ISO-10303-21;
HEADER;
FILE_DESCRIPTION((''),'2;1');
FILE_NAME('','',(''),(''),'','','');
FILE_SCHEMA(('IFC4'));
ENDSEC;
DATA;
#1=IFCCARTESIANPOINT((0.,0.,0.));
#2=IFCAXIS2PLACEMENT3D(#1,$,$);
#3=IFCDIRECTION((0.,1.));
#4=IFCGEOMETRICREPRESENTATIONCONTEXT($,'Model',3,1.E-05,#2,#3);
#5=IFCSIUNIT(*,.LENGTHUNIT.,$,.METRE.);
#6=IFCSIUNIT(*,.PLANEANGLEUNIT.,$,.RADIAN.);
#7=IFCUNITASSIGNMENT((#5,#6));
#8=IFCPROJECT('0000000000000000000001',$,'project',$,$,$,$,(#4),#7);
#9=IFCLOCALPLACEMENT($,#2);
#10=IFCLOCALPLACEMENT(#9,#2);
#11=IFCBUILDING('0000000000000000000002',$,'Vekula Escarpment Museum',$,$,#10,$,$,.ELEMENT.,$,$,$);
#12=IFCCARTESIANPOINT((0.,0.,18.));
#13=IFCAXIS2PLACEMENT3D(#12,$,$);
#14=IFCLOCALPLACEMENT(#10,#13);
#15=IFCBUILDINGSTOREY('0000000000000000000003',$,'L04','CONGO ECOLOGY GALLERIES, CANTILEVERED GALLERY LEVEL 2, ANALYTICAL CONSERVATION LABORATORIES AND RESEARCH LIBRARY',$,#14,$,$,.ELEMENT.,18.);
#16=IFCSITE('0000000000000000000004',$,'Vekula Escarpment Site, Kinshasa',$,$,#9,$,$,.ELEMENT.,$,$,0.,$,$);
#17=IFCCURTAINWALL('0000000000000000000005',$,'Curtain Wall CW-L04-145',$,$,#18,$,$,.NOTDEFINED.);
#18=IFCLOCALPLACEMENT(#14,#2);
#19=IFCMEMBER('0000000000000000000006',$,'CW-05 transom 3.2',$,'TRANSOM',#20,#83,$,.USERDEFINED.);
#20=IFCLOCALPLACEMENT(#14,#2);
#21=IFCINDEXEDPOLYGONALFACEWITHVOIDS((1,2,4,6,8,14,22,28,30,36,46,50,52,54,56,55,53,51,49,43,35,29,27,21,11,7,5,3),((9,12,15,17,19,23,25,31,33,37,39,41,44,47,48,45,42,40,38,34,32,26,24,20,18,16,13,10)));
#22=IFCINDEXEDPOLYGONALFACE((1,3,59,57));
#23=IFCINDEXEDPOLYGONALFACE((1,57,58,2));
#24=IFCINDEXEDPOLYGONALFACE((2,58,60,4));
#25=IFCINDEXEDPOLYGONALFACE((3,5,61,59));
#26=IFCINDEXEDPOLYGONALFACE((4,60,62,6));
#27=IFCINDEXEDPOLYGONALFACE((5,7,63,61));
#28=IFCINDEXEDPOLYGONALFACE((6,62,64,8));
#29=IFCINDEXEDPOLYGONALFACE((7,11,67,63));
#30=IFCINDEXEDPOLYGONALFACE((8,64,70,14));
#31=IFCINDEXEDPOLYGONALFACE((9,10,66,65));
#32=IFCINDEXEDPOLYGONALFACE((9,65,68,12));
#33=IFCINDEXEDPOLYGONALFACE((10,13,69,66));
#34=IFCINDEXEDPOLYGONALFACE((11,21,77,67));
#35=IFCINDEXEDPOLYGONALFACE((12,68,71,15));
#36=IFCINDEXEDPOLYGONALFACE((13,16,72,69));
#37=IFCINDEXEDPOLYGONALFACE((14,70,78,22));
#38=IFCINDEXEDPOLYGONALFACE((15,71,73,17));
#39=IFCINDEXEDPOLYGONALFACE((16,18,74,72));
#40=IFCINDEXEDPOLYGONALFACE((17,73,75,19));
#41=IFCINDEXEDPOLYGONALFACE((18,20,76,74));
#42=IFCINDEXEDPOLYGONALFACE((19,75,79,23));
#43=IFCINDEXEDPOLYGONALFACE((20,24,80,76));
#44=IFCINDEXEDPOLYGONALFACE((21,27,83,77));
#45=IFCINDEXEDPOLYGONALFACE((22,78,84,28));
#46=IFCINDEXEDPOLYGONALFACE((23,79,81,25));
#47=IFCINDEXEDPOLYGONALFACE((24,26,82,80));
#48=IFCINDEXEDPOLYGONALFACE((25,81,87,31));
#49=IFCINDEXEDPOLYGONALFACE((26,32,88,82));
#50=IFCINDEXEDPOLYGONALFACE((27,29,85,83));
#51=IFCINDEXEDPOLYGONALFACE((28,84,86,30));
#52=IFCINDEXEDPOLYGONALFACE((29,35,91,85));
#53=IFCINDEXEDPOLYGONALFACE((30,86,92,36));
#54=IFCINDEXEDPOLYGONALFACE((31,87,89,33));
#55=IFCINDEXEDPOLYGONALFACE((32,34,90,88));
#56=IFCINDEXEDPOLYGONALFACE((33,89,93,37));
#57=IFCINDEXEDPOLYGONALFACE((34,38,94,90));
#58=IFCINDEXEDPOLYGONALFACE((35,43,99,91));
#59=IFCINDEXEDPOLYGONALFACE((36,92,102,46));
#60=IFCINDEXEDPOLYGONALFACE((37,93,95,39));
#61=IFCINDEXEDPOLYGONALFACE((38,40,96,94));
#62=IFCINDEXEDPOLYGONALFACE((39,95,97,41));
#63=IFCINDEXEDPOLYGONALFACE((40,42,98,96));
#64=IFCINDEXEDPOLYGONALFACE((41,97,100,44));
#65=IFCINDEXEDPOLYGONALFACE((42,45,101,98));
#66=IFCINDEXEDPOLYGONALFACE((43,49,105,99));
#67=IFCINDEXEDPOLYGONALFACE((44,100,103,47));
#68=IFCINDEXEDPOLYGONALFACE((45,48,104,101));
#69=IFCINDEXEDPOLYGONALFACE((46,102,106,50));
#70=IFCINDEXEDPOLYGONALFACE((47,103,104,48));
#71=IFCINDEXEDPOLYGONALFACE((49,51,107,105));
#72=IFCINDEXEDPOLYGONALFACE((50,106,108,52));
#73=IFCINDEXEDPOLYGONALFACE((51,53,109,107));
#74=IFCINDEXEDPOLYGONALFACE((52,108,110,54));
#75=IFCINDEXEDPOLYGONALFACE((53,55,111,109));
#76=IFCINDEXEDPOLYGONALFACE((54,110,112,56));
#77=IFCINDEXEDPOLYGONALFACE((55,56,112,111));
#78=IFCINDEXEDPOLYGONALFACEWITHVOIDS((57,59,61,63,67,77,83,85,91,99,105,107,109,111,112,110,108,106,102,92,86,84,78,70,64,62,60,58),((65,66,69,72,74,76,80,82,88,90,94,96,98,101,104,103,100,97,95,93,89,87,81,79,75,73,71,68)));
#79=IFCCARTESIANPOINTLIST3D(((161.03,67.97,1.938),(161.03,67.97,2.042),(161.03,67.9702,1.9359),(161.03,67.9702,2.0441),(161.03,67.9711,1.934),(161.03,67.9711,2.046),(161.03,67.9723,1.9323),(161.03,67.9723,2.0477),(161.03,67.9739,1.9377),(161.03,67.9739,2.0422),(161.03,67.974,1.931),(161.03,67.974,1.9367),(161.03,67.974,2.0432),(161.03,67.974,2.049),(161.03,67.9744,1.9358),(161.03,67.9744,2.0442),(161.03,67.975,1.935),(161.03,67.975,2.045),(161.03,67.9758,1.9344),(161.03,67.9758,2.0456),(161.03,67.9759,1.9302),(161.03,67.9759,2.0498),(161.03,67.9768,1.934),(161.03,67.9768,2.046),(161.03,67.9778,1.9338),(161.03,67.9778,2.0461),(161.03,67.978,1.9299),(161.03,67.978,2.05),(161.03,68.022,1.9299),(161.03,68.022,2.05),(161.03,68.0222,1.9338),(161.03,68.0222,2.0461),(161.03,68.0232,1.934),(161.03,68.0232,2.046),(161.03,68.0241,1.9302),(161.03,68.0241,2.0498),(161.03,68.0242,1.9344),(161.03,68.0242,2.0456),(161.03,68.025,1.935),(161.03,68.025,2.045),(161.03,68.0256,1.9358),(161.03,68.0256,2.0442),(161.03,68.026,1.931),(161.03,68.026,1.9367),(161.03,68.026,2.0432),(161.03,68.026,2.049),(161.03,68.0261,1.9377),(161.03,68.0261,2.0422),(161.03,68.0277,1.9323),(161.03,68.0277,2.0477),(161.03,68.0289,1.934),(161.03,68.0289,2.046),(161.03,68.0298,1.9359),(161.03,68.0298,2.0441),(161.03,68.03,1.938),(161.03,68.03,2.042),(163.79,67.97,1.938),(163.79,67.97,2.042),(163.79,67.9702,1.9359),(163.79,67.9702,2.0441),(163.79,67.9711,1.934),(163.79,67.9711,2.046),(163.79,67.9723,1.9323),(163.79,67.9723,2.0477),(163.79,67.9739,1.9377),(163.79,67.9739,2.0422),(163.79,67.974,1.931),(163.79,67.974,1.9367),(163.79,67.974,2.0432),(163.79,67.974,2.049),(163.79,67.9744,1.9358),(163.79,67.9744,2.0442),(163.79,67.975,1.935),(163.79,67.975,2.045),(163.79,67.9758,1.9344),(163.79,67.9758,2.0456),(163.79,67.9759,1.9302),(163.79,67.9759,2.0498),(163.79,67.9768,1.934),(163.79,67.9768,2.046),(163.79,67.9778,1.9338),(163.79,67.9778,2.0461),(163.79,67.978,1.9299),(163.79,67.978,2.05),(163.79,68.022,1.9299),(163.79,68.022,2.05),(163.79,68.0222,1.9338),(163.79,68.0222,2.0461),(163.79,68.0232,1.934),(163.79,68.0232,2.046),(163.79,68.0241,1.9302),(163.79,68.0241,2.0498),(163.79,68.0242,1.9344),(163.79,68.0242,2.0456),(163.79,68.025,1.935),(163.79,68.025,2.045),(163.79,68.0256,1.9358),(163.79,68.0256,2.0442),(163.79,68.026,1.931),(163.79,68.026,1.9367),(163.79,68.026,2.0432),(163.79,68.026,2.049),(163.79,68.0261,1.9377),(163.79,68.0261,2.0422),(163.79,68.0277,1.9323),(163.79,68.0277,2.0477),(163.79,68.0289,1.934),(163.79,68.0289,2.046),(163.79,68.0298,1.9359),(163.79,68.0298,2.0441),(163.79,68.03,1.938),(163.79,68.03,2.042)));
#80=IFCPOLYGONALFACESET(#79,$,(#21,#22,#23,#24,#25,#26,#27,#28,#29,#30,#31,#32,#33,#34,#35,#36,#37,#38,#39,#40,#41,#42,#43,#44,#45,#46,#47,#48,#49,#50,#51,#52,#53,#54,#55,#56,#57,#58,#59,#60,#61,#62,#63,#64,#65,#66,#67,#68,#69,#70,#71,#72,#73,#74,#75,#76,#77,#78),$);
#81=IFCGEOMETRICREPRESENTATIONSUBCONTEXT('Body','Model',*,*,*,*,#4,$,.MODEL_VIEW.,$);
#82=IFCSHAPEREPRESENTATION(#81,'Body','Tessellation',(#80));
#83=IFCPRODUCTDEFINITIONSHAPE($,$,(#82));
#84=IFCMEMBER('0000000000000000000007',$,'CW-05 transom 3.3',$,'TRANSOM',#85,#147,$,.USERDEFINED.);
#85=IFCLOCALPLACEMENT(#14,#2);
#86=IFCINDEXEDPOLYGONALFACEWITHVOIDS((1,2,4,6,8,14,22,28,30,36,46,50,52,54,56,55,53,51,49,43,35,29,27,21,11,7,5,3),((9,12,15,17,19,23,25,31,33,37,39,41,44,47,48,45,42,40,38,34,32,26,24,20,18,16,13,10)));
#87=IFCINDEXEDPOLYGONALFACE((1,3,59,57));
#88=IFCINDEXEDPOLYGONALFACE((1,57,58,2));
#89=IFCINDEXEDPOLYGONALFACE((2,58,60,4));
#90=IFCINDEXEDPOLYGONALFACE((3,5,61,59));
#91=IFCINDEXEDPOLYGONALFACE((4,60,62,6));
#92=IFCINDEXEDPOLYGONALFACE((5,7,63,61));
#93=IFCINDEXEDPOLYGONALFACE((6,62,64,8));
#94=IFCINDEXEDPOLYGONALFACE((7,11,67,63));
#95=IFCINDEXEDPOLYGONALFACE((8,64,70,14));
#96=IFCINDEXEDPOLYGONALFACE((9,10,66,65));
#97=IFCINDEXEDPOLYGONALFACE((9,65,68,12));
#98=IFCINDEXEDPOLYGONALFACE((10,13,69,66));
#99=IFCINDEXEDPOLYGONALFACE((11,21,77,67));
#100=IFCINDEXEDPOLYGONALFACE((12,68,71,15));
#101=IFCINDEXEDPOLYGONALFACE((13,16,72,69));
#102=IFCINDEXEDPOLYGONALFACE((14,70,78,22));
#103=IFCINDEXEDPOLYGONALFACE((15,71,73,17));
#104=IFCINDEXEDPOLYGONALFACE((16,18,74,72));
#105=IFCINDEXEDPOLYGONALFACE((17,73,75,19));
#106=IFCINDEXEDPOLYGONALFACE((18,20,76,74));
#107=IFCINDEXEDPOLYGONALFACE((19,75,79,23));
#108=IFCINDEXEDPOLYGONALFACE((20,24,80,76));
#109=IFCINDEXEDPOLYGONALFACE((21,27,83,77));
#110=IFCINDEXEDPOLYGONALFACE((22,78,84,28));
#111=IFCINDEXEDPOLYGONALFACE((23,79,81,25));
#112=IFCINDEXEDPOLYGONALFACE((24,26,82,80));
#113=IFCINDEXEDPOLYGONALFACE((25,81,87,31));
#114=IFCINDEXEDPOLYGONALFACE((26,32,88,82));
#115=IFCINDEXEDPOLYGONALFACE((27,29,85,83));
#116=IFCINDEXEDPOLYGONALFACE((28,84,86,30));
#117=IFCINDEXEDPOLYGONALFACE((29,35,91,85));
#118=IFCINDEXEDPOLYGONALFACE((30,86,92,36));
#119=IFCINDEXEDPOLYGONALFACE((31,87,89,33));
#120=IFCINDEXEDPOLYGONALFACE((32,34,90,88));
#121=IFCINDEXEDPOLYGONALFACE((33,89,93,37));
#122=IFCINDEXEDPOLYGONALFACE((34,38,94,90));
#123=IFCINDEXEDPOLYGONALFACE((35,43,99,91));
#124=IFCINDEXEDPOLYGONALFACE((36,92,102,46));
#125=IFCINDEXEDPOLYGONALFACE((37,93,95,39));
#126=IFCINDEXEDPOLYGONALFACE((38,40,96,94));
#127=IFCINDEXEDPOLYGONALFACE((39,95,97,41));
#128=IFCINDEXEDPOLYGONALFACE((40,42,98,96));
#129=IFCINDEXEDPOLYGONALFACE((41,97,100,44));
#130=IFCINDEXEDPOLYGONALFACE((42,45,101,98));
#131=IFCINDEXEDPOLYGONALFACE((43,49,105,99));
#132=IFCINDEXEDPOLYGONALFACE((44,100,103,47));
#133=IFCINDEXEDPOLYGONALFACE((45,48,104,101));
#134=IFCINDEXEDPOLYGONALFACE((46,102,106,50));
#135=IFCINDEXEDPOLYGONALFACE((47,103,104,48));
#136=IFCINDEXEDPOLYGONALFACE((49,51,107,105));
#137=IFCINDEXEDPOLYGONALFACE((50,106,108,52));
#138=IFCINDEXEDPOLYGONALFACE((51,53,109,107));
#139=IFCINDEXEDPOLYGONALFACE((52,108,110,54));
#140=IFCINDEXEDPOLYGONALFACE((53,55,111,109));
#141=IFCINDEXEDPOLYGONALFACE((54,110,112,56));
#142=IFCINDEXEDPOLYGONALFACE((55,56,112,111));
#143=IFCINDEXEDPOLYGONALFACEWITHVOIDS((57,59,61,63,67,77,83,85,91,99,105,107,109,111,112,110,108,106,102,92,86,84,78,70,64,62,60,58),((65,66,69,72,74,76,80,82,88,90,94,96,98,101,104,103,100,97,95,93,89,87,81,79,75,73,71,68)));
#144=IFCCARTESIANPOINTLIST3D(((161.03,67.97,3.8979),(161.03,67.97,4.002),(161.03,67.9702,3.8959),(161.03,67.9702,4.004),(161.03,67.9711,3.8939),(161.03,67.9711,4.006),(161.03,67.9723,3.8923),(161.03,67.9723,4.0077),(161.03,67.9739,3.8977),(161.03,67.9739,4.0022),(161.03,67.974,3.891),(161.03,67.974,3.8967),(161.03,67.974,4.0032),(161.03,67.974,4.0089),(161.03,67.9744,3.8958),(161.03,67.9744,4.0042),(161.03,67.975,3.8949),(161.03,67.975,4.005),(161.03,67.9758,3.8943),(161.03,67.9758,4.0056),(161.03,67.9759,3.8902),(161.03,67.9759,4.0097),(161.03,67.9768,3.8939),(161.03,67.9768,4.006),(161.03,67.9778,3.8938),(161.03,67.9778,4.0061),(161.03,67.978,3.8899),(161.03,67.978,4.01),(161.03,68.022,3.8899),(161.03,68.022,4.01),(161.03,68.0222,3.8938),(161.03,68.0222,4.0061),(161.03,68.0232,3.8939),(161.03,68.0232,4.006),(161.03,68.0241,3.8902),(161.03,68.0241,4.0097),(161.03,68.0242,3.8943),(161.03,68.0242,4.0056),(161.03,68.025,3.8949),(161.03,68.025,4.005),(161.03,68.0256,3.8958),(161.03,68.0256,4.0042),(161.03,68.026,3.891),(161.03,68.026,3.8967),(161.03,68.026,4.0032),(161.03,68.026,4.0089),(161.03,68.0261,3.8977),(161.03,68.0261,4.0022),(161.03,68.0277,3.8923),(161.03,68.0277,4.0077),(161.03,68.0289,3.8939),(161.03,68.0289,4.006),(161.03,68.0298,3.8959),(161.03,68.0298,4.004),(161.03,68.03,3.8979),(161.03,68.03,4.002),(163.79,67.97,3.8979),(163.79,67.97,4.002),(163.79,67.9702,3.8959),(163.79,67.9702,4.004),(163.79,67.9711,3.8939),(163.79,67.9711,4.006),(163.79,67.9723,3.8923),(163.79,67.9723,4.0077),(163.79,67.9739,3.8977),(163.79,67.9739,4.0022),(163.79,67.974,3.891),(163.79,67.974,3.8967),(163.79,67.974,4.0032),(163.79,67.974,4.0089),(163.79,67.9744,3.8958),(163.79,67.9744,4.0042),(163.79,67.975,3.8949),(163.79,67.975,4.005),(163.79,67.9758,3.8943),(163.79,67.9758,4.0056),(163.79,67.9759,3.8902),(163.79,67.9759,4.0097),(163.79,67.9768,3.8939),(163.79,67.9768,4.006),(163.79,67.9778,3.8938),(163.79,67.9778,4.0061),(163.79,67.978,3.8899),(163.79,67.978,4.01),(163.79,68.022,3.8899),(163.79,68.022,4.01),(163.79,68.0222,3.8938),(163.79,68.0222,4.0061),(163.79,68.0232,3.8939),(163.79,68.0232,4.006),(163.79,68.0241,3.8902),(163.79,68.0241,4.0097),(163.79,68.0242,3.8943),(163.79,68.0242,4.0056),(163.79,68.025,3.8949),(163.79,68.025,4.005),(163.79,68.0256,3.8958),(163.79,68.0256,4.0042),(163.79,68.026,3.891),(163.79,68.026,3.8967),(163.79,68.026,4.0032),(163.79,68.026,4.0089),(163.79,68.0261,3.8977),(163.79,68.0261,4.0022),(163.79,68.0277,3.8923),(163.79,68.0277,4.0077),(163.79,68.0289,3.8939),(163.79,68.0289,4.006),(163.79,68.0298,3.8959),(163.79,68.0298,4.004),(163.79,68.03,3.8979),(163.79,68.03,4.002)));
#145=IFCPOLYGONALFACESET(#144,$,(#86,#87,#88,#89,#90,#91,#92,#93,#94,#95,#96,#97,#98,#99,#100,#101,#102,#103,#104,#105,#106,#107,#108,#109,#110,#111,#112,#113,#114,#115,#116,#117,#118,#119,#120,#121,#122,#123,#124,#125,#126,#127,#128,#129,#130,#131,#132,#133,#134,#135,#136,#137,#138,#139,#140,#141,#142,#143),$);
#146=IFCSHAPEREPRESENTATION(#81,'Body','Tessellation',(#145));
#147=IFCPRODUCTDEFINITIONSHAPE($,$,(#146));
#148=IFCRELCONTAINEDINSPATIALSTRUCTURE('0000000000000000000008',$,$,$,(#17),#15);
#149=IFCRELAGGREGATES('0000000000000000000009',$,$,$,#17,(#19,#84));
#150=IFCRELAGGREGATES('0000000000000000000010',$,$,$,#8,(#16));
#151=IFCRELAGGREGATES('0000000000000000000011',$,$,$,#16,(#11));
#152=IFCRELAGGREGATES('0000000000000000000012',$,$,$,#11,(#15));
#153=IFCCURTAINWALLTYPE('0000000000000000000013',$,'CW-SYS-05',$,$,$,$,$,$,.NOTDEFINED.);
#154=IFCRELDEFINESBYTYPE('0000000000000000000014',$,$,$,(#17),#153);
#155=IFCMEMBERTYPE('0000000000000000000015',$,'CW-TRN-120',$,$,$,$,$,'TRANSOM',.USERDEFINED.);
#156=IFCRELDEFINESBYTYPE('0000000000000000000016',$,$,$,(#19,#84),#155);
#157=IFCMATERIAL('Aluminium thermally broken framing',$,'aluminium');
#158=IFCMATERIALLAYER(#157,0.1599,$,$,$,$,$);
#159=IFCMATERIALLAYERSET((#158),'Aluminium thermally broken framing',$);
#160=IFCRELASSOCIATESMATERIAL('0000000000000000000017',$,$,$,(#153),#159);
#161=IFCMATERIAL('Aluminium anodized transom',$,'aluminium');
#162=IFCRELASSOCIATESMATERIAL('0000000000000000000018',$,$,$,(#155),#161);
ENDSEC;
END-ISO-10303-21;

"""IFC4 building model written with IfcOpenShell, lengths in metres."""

from ifc_helpers import new_model, si_unit, direction, frame, origin, origin_2d, place, context, subcontext, project, spatial, hollow_rectangle, extrude, material, layer, layer_set, material_profile, profile_set, type_object, element, aggregate, save


model = new_model("IFC4")

# Units and contexts
model_context = context("Model", 3, precision=1e-05, world=origin(), true_north=direction((0.0, 1.0)))
body_context = subcontext(model_context, "Body", "Model", "MODEL_VIEW")
ifc_project = project(units=[si_unit("LENGTHUNIT", "METRE"), si_unit("PLANEANGLEUNIT", "RADIAN")], contexts=[model_context])

# Site, building, storey
site_placement = place(None, origin())
site = spatial("IfcSite", under=ifc_project, at=site_placement, Name="Vekula Escarpment Site, Kinshasa", CompositionType="ELEMENT", RefElevation=0.0)
building_placement = place(site_placement, origin())
building = spatial("IfcBuilding", under=site, at=building_placement, Name="Vekula Escarpment Museum", CompositionType="ELEMENT")
storey_placement = place(building_placement, frame((0.0, 0.0, 18.0)))
storey = spatial("IfcBuildingStorey", under=building, at=storey_placement, Name="L04", Description="CONGO ECOLOGY GALLERIES, CANTILEVERED GALLERY LEVEL 2, ANALYTICAL CONSERVATION LABORATORIES AND RESEARCH LIBRARY", CompositionType="ELEMENT", Elevation=18.0)

# Curtain wall, members
ifc_material_1 = material(Name="Aluminium thermally broken framing", Category="aluminium")
ifc_layer_1 = layer(ifc_material_1, 0.1599)
ifc_layer_set_1 = layer_set([ifc_layer_1], Name="Aluminium thermally broken framing")
curtain_wall_type = type_object("IfcCurtainWallType", Name="CW-SYS-05", PredefinedType="NOTDEFINED", material=ifc_layer_set_1)
curtain_wall_placement = place(storey_placement, origin())
curtain_wall = element("IfcCurtainWall", 1, at=curtain_wall_placement, inside=storey, type_object=curtain_wall_type, Name="Curtain Wall CW-L04-145", PredefinedType="NOTDEFINED")
ifc_material_2 = material(Name="Aluminium anodized transom", Category="aluminium")
ifc_material_profile_1 = material_profile(ifc_material_2, hollow_rectangle(XDim=0.0601, YDim=0.1201, WallThickness=0.0039, InnerFilletRadius=0.0039, OuterFilletRadius=0.0081, at=origin_2d()), Name="ALU 120x60x4")
ifc_profile_set_1 = profile_set([ifc_material_profile_1], Name="Aluminium anodized transom")
member_type_1 = type_object("IfcMemberType", Name="CW-TRN-120", ElementType="TRANSOM", PredefinedType="USERDEFINED", material=ifc_profile_set_1)
member_1_placement = place(storey_placement, frame((161.03, 68.0, 1.99), z_axis=(1.0, 0.0, 0.0), x_axis=(0.0, 1.0, 0.0)))
member_1 = element("IfcMember", 2, at=member_1_placement, type_object=member_type_1, Name="CW-05 transom 3.2", ObjectType="TRANSOM", PredefinedType="USERDEFINED", context=body_context, shape_type="SweptSolid", body=[
    extrude(hollow_rectangle(XDim=0.0601, YDim=0.1201, WallThickness=0.0039, InnerFilletRadius=0.0039, OuterFilletRadius=0.0081, at=origin_2d()), origin(), (0.0, 0.0, 1.0), 2.76),
])
member_2_placement = place(storey_placement, frame((161.03, 68.0, 3.95), z_axis=(1.0, 0.0, 0.0), x_axis=(0.0, 1.0, 0.0)))
member_2 = element("IfcMember", 3, at=member_2_placement, type_object=member_type_1, Name="CW-05 transom 3.3", ObjectType="TRANSOM", PredefinedType="USERDEFINED", context=body_context, shape_type="SweptSolid", body=[
    extrude(hollow_rectangle(XDim=0.0601, YDim=0.1201, WallThickness=0.0039, InnerFilletRadius=0.0039, OuterFilletRadius=0.0081, at=origin_2d()), origin(), (0.0, 0.0, 1.0), 2.76),
])
aggregate(curtain_wall, [member_1, member_2])

save(model, "model.ifc")
